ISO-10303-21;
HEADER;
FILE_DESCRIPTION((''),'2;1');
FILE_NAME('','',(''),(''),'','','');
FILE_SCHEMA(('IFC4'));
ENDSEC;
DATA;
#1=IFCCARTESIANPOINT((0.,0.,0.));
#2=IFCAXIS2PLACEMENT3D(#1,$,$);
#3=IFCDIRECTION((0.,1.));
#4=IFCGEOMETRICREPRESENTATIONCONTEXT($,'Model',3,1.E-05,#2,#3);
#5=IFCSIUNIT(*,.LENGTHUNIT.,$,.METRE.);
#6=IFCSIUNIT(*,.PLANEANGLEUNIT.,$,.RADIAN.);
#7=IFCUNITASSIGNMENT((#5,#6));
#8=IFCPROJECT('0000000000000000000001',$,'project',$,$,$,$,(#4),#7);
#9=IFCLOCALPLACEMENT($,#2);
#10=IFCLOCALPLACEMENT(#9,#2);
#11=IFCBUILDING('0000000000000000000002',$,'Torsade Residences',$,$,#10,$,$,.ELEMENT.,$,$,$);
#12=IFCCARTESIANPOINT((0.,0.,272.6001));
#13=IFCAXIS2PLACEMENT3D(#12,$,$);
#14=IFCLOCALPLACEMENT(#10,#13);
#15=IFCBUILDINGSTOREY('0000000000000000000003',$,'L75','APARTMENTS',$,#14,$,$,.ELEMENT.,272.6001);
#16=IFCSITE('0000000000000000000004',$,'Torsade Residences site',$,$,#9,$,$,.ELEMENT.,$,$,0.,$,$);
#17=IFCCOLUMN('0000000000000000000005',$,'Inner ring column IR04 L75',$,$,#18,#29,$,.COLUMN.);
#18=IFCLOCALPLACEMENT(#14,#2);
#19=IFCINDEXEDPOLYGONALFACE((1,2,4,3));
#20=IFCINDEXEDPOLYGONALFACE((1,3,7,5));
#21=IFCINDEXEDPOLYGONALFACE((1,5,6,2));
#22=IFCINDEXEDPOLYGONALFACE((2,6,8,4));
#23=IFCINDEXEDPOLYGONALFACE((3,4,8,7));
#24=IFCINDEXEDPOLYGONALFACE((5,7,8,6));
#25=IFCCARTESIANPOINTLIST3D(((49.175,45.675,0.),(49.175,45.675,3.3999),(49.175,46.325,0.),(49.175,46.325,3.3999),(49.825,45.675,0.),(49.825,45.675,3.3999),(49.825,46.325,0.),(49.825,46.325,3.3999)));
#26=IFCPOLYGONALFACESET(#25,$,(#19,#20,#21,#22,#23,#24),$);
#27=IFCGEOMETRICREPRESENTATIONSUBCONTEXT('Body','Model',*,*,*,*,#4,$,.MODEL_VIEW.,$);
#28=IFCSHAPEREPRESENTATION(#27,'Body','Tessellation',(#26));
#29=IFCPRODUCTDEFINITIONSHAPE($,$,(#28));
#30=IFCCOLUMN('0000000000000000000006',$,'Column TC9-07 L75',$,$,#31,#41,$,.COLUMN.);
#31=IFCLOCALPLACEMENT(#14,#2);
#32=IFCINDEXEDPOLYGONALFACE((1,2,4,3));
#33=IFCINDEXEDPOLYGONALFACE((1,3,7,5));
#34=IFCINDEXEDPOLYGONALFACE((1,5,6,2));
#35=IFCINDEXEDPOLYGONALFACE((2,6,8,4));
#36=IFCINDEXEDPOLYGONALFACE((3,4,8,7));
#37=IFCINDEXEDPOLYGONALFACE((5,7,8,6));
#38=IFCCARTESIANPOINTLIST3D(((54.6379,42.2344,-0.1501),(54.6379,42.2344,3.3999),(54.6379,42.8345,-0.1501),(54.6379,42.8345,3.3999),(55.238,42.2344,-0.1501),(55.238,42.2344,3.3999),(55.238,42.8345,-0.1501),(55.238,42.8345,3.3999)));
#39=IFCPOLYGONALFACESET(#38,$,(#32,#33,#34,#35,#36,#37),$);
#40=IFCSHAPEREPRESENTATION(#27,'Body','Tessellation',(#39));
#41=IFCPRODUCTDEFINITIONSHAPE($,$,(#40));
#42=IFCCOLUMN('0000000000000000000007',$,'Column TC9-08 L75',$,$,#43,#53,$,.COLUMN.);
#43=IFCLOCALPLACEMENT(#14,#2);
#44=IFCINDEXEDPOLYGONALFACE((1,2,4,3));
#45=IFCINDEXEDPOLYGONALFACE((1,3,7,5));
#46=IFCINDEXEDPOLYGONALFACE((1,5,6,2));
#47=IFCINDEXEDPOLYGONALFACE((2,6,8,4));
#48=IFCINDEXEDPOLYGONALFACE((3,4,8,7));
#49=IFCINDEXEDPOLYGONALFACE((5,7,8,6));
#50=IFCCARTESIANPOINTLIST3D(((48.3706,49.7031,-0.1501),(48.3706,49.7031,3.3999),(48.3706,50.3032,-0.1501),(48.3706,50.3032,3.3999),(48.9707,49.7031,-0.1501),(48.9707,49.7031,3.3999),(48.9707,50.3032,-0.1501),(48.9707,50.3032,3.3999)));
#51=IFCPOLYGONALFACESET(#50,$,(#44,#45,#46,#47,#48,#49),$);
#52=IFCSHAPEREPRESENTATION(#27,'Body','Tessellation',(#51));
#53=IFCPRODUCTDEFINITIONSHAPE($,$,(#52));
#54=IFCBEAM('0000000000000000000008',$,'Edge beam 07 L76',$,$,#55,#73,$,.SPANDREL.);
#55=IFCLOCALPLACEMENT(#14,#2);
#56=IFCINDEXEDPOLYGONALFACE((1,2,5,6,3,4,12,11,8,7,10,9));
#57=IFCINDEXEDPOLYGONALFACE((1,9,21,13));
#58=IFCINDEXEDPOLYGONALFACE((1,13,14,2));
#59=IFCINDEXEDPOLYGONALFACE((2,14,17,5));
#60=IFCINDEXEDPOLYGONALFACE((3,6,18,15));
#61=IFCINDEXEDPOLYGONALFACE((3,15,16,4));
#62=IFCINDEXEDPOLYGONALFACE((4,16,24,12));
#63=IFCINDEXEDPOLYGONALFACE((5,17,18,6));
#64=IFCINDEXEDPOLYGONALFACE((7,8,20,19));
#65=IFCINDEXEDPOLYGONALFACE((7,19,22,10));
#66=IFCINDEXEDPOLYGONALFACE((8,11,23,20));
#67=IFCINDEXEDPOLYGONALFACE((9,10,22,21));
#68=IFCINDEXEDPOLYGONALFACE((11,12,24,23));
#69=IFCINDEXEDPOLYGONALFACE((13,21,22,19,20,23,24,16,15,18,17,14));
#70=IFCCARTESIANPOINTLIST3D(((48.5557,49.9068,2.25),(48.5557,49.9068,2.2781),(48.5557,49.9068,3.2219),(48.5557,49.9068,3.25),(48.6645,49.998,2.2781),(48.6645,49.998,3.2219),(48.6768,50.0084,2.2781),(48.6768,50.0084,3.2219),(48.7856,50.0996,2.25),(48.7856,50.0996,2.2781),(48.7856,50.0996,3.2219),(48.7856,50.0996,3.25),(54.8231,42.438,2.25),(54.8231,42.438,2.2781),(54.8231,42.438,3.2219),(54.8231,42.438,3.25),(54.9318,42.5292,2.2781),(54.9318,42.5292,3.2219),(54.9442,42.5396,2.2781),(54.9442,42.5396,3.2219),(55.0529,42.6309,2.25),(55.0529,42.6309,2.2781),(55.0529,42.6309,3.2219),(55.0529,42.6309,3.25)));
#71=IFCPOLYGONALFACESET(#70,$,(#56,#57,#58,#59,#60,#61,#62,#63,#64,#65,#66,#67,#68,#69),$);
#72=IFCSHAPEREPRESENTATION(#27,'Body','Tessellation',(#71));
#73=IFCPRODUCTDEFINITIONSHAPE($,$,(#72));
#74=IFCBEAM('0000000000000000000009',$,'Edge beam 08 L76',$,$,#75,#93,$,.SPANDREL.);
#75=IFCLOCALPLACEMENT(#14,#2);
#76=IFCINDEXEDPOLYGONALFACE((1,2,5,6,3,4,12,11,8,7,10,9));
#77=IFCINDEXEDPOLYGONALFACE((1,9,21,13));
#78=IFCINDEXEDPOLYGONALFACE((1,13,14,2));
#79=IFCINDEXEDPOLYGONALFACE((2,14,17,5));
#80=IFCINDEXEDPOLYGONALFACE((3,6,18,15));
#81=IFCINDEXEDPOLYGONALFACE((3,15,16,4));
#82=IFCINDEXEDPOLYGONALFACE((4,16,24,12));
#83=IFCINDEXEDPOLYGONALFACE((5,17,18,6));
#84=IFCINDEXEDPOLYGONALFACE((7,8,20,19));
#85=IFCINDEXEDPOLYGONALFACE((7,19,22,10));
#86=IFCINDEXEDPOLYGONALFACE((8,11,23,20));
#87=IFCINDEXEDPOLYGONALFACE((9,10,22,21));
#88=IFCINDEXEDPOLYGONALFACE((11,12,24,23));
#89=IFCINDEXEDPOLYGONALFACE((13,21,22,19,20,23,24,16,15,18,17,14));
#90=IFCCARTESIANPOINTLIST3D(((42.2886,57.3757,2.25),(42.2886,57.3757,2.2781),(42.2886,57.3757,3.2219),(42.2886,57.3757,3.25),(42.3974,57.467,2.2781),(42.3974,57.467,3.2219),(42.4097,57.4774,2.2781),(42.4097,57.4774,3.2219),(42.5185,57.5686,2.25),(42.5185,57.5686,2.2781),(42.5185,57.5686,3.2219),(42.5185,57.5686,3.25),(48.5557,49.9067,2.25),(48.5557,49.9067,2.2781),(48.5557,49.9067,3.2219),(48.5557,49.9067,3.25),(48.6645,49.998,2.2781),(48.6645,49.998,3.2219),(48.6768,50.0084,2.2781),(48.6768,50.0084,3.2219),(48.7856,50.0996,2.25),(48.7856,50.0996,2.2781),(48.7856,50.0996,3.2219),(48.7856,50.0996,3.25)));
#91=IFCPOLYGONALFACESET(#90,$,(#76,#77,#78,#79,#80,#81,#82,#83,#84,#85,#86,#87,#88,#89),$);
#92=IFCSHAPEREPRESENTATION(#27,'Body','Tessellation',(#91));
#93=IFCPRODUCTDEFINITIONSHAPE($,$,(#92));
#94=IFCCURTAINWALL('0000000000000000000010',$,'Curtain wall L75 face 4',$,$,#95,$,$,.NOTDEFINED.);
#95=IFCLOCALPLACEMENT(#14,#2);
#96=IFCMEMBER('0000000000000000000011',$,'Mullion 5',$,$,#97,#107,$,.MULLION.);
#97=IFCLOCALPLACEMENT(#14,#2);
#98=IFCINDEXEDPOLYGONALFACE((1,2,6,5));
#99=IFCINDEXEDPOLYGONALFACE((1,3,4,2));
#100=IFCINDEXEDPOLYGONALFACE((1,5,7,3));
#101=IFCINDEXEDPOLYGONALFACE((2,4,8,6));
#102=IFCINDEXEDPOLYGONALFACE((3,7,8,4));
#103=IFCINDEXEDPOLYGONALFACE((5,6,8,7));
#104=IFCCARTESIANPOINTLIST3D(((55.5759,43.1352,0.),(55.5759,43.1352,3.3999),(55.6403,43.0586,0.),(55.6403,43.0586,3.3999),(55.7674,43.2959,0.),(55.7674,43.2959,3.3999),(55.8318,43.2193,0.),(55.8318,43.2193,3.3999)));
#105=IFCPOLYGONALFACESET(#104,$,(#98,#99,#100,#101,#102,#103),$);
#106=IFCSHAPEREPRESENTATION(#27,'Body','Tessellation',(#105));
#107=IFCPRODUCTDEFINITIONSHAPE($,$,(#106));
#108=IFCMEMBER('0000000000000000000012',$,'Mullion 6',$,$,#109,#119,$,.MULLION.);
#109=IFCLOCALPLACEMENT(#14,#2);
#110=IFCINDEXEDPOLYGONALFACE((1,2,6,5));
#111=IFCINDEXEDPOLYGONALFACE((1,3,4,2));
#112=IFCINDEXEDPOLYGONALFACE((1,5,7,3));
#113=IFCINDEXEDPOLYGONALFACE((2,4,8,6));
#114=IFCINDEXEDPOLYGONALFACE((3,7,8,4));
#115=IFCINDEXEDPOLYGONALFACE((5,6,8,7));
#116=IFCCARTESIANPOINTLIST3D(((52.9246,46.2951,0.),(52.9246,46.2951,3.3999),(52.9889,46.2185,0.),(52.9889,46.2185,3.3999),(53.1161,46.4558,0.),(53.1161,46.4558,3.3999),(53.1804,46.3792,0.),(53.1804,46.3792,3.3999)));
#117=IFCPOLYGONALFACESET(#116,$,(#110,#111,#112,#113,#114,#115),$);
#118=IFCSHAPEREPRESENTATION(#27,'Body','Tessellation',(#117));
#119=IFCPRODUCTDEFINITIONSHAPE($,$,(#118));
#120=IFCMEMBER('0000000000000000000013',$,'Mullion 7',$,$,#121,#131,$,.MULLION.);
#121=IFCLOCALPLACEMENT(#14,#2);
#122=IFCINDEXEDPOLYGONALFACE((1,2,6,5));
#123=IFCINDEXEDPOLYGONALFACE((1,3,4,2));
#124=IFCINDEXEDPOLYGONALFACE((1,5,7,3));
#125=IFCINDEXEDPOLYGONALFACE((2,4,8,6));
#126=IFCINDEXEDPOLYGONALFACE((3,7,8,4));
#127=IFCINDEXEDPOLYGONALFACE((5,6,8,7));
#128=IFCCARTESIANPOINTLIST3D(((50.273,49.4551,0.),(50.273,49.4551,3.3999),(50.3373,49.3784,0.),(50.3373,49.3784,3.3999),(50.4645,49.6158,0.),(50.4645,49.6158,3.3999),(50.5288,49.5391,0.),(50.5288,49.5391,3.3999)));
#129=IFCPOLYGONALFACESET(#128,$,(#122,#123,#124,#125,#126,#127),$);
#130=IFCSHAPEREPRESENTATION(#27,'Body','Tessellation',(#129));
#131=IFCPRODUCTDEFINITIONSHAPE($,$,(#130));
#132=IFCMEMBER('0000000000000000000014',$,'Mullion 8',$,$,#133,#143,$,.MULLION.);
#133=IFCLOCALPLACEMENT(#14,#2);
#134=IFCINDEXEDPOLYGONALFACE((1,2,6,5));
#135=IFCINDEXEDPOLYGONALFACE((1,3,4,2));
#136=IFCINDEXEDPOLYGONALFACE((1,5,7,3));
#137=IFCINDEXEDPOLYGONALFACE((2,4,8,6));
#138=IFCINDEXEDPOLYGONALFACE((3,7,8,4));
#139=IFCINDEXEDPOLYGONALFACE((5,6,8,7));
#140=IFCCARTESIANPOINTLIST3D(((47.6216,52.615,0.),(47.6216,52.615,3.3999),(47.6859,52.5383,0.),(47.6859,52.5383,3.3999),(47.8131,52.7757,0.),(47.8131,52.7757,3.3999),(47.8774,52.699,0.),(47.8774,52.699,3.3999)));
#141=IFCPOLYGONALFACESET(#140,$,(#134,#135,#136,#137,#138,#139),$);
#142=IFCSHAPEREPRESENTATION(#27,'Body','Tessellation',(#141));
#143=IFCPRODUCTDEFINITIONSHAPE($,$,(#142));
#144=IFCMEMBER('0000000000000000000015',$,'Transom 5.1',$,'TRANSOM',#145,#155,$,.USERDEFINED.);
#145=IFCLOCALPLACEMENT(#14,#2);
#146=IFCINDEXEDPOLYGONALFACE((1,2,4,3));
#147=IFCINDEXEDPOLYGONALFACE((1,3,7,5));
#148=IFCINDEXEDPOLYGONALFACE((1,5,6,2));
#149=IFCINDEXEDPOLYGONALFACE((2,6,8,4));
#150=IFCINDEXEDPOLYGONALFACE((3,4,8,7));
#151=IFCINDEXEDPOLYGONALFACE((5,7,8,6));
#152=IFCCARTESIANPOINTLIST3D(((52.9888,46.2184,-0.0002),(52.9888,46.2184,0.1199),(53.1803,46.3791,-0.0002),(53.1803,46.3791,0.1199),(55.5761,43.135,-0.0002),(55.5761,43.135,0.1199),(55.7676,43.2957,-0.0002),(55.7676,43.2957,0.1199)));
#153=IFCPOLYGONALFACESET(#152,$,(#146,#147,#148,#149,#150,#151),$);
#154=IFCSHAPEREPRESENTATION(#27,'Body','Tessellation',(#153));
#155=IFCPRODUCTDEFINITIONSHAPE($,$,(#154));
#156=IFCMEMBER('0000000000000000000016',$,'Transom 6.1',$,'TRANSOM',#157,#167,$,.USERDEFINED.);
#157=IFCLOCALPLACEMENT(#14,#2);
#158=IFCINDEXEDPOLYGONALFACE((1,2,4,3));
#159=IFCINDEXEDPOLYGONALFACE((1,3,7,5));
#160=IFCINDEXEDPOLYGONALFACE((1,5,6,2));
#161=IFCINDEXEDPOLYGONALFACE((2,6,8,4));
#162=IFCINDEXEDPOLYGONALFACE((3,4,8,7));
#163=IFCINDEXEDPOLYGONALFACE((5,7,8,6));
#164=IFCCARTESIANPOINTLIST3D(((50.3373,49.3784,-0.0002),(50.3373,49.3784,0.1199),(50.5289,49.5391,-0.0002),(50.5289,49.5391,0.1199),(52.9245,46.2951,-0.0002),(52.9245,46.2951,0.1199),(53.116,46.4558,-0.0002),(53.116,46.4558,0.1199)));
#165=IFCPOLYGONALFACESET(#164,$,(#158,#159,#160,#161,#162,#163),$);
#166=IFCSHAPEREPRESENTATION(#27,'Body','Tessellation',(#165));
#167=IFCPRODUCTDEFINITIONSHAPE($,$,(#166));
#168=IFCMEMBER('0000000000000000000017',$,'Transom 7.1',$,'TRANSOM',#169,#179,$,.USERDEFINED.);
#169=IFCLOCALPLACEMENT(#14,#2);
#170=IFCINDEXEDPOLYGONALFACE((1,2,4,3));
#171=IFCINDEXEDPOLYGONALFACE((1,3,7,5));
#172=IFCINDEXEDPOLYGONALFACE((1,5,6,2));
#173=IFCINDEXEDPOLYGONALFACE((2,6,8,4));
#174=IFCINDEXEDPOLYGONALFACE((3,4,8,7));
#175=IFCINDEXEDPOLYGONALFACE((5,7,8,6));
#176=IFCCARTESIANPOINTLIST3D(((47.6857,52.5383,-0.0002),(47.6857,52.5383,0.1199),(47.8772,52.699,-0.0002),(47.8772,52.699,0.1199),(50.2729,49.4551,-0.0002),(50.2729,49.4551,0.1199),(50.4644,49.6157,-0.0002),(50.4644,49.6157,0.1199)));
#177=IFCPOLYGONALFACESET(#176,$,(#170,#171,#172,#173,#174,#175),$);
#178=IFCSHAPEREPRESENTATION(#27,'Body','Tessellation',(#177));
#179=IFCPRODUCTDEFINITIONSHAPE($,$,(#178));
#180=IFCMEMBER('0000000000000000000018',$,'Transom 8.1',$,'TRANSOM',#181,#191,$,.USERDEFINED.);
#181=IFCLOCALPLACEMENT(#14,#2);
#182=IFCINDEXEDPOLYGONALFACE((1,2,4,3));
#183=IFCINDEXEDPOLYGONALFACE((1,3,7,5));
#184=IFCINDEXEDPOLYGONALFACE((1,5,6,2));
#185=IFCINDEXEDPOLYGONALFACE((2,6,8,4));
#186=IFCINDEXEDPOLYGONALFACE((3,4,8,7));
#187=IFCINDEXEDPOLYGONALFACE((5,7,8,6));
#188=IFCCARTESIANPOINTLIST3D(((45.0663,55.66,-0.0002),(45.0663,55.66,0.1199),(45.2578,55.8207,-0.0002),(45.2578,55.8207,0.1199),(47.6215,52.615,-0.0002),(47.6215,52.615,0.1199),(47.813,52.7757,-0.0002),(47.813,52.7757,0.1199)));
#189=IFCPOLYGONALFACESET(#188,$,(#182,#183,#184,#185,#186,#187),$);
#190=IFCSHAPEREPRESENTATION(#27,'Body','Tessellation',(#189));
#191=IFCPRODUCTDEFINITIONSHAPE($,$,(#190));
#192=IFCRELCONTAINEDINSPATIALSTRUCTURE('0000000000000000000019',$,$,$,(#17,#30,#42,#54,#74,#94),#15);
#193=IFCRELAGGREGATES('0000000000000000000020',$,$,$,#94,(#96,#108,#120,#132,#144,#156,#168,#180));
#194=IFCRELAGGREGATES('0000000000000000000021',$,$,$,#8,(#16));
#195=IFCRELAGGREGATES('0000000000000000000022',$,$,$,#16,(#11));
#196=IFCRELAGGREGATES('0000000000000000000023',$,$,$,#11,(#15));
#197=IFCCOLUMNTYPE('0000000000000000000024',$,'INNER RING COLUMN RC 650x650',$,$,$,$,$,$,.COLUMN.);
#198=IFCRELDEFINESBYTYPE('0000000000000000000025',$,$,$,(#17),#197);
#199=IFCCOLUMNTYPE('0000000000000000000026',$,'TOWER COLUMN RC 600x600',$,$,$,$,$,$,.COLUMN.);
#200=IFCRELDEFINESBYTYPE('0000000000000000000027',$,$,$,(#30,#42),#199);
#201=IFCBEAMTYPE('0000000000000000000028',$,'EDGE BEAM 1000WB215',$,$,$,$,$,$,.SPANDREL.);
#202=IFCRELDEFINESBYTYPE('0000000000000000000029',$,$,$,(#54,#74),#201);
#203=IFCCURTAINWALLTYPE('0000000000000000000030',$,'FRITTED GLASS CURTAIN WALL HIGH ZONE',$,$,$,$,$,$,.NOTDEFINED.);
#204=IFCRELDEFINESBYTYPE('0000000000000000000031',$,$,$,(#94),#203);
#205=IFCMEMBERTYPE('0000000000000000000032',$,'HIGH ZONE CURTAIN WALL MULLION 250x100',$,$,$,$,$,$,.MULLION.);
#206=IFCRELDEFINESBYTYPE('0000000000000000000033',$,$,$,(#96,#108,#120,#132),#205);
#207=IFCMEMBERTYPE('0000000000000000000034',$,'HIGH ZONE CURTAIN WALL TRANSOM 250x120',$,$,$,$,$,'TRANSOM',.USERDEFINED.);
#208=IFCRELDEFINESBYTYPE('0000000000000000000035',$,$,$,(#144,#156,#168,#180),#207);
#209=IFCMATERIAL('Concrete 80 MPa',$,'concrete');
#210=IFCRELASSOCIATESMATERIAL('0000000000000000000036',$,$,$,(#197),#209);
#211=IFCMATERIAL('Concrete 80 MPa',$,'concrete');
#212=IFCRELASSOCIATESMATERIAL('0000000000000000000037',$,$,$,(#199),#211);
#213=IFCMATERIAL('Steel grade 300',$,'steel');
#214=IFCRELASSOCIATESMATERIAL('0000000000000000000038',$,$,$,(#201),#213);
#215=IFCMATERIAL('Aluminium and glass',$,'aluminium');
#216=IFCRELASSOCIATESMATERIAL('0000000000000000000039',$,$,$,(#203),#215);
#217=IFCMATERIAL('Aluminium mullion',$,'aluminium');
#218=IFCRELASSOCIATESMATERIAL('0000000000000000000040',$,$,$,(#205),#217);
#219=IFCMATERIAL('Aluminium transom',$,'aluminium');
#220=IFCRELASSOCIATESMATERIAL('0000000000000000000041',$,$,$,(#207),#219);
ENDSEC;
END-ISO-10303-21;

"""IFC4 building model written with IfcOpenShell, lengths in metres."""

from ifc_helpers import new_model, si_unit, direction, frame, origin, origin_2d, place, context, subcontext, project, spatial, rectangle, i_section, extrude, material, material_profile, profile_set, type_object, element, aggregate, save


model = new_model("IFC4")

# Units and contexts
model_context = context("Model", 3, precision=1e-05, world=origin(), true_north=direction((0.0, 1.0)))
body_context = subcontext(model_context, "Body", "Model", "MODEL_VIEW")
ifc_project = project(units=[si_unit("LENGTHUNIT", "METRE"), si_unit("PLANEANGLEUNIT", "RADIAN")], contexts=[model_context])

# Site, building, storey
site_placement = place(None, origin())
site = spatial("IfcSite", under=ifc_project, at=site_placement, Name="Torsade Residences site", CompositionType="ELEMENT", RefElevation=0.0)
building_placement = place(site_placement, origin())
building = spatial("IfcBuilding", under=site, at=building_placement, Name="Torsade Residences", CompositionType="ELEMENT")
storey_placement = place(building_placement, frame((0.0, 0.0, 272.6001)))
storey = spatial("IfcBuildingStorey", under=building, at=storey_placement, Name="L75", Description="APARTMENTS", CompositionType="ELEMENT", Elevation=272.6001)

# Columns
ifc_material_1 = material(Name="Concrete 80 MPa", Category="concrete")
ifc_material_profile_1 = material_profile(ifc_material_1, rectangle(XDim=0.6499, YDim=0.6499, at=origin_2d()), Name="RC 650x650")
ifc_profile_set_1 = profile_set([ifc_material_profile_1], Name="Concrete 80 MPa")
column_type_1 = type_object("IfcColumnType", Name="INNER RING COLUMN RC 650x650", PredefinedType="COLUMN", material=ifc_profile_set_1)
column_placement = place(storey_placement, frame((49.5, 46.0, 0.0), z_axis=(0.0, 0.0, 1.0), x_axis=(1.0, 0.0, 0.0)))
element("IfcColumn", 1, at=column_placement, inside=storey, type_object=column_type_1, Name="Inner ring column IR04 L75", PredefinedType="COLUMN", context=body_context, shape_type="SweptSolid", body=[
    extrude(rectangle(XDim=0.6499, YDim=0.6499, at=origin_2d()), origin(), (0.0, 0.0, 1.0), 3.3999),
])
ifc_material_2 = material(Name="Concrete 80 MPa", Category="concrete")
ifc_material_profile_2 = material_profile(ifc_material_2, rectangle(XDim=0.6001, YDim=0.6001, at=origin_2d()), Name="RC 600x600")
ifc_profile_set_2 = profile_set([ifc_material_profile_2], Name="Concrete 80 MPa")
column_type_2 = type_object("IfcColumnType", Name="TOWER COLUMN RC 600x600", PredefinedType="COLUMN", material=ifc_profile_set_2)
for number, where, z_axis, x_axis, name in (
    (2, (54.938, 42.5344, -0.1501), (0.0, 0.0, 1.0), (1.0, 0.0, 0.0), "Column TC9-07 L75"),
    (3, (48.6707, 50.0032, -0.1501), (0.0, 0.0, 1.0), (1.0, 0.0, 0.0), "Column TC9-08 L75"),
):
    element("IfcColumn", number, at=place(storey_placement, frame(where, z_axis=z_axis, x_axis=x_axis)), inside=storey, type_object=column_type_2, Name=name, PredefinedType="COLUMN", context=body_context, shape_type="SweptSolid", body=[
        extrude(rectangle(XDim=0.6001, YDim=0.6001, at=origin_2d()), origin(), (0.0, 0.0, 1.0), 3.55),
    ])

# Beams
ifc_material_3 = material(Name="Steel grade 300", Category="steel")
ifc_material_profile_3 = material_profile(ifc_material_3, i_section(OverallWidth=0.3, OverallDepth=1.0, WebThickness=0.0161, FlangeThickness=0.0281, at=origin_2d()), Name="1000WB215")
ifc_profile_set_3 = profile_set([ifc_material_profile_3], Name="Steel grade 300")
beam_type_1 = type_object("IfcBeamType", Name="EDGE BEAM 1000WB215", PredefinedType="SPANDREL", material=ifc_profile_set_3)
for number, where, z_axis, x_axis, name in (
    (4, (54.938, 42.5344, 2.75), (-0.642806, 0.766029, 0.0), (-0.766029, -0.642806, 0.0), "Edge beam 07 L76"),
    (5, (48.6707, 50.0032, 2.75), (-0.642779, 0.766052, 0.0), (-0.766052, -0.642779, 0.0), "Edge beam 08 L76"),
):
    element("IfcBeam", number, at=place(storey_placement, frame(where, z_axis=z_axis, x_axis=x_axis)), inside=storey, type_object=beam_type_1, Name=name, PredefinedType="SPANDREL", context=body_context, shape_type="SweptSolid", body=[
        extrude(i_section(OverallWidth=0.3, OverallDepth=1.0, WebThickness=0.0161, FlangeThickness=0.0281, at=origin_2d()), origin(), (0.0, 0.0, 1.0), 9.75),
    ])

# Curtain wall, members
ifc_material_4 = material(Name="Aluminium and glass", Category="aluminium")
curtain_wall_type = type_object("IfcCurtainWallType", Name="FRITTED GLASS CURTAIN WALL HIGH ZONE", PredefinedType="NOTDEFINED", material=ifc_material_4)
curtain_wall_placement = place(storey_placement, origin())
curtain_wall = element("IfcCurtainWall", 6, at=curtain_wall_placement, inside=storey, type_object=curtain_wall_type, Name="Curtain wall L75 face 4", PredefinedType="NOTDEFINED")
ifc_material_5 = material(Name="Aluminium mullion", Category="aluminium")
ifc_material_profile_4 = material_profile(ifc_material_5, rectangle(XDim=0.25, YDim=0.1001, at=origin_2d()), Name="HIGH ZONE CURTAIN WALL MULLION 250x100")
ifc_profile_set_4 = profile_set([ifc_material_profile_4], Name="Aluminium mullion")
member_type_1 = type_object("IfcMemberType", Name="HIGH ZONE CURTAIN WALL MULLION 250x100", PredefinedType="MULLION", material=ifc_profile_set_4)
member_1_placement = place(storey_placement, frame((55.7039, 43.1772, 0.0), z_axis=(0.0, 0.0, 1.0), x_axis=(-0.766044, -0.642788, 0.0)))
member_1 = element("IfcMember", 7, at=member_1_placement, type_object=member_type_1, Name="Mullion 5", PredefinedType="MULLION", context=body_context, shape_type="SweptSolid", body=[
    extrude(rectangle(XDim=0.25, YDim=0.1001, at=origin_2d()), origin(), (0.0, 0.0, 1.0), 3.3999),
])
member_2_placement = place(storey_placement, frame((53.0525, 46.3372, 0.0), z_axis=(0.0, 0.0, 1.0), x_axis=(-0.766044, -0.642788, 0.0)))
member_2 = element("IfcMember", 8, at=member_2_placement, type_object=member_type_1, Name="Mullion 6", PredefinedType="MULLION", context=body_context, shape_type="SweptSolid", body=[
    extrude(rectangle(XDim=0.25, YDim=0.1001, at=origin_2d()), origin(), (0.0, 0.0, 1.0), 3.3999),
])
member_3_placement = place(storey_placement, frame((50.4009, 49.4971, 0.0), z_axis=(0.0, 0.0, 1.0), x_axis=(-0.766044, -0.642788, 0.0)))
member_3 = element("IfcMember", 9, at=member_3_placement, type_object=member_type_1, Name="Mullion 7", PredefinedType="MULLION", context=body_context, shape_type="SweptSolid", body=[
    extrude(rectangle(XDim=0.25, YDim=0.1001, at=origin_2d()), origin(), (0.0, 0.0, 1.0), 3.3999),
])
member_4_placement = place(storey_placement, frame((47.7495, 52.657, 0.0), z_axis=(0.0, 0.0, 1.0), x_axis=(-0.766044, -0.642788, 0.0)))
member_4 = element("IfcMember", 10, at=member_4_placement, type_object=member_type_1, Name="Mullion 8", PredefinedType="MULLION", context=body_context, shape_type="SweptSolid", body=[
    extrude(rectangle(XDim=0.25, YDim=0.1001, at=origin_2d()), origin(), (0.0, 0.0, 1.0), 3.3999),
])
ifc_material_6 = material(Name="Aluminium transom", Category="aluminium")
ifc_material_profile_5 = material_profile(ifc_material_6, rectangle(XDim=0.25, YDim=0.1201, at=origin_2d()), Name="HIGH ZONE CURTAIN WALL TRANSOM 250x120")
ifc_profile_set_5 = profile_set([ifc_material_profile_5], Name="Aluminium transom")
member_type_2 = type_object("IfcMemberType", Name="HIGH ZONE CURTAIN WALL TRANSOM 250x120", ElementType="TRANSOM", PredefinedType="USERDEFINED", material=ifc_profile_set_5)
member_5_placement = place(storey_placement, frame((55.6719, 43.2153, 0.0598), z_axis=(-0.642794, 0.766039, 0.0), x_axis=(-0.766039, -0.642794, 0.0)))
member_5 = element("IfcMember", 11, at=member_5_placement, type_object=member_type_2, Name="Transom 5.1", ObjectType="TRANSOM", PredefinedType="USERDEFINED", context=body_context, shape_type="SweptSolid", body=[
    extrude(rectangle(XDim=0.25, YDim=0.1201, at=origin_2d()), origin(), (0.0, 0.0, 1.0), 4.0251),
])
member_6_placement = place(storey_placement, frame((53.0203, 46.3755, 0.0598), z_axis=(-0.642788, 0.766044, 0.0), x_axis=(-0.766044, -0.642788, 0.0)))
member_6 = element("IfcMember", 12, at=member_6_placement, type_object=member_type_2, Name="Transom 6.1", ObjectType="TRANSOM", PredefinedType="USERDEFINED", context=body_context, shape_type="SweptSolid", body=[
    extrude(rectangle(XDim=0.25, YDim=0.1201, at=origin_2d()), origin(), (0.0, 0.0, 1.0), 4.0249),
])
member_7_placement = place(storey_placement, frame((50.3687, 49.5354, 0.0598), z_axis=(-0.642788, 0.766044, 0.0), x_axis=(-0.766044, -0.642788, 0.0)))
member_7 = element("IfcMember", 13, at=member_7_placement, type_object=member_type_2, Name="Transom 7.1", ObjectType="TRANSOM", PredefinedType="USERDEFINED", context=body_context, shape_type="SweptSolid", body=[
    extrude(rectangle(XDim=0.25, YDim=0.1201, at=origin_2d()), origin(), (0.0, 0.0, 1.0), 4.0249),
])
member_8_placement = place(storey_placement, frame((47.7173, 52.6953, 0.0598), z_axis=(-0.642815, 0.766022, 0.0), x_axis=(-0.766022, -0.642815, 0.0)))
member_8 = element("IfcMember", 14, at=member_8_placement, type_object=member_type_2, Name="Transom 8.1", ObjectType="TRANSOM", PredefinedType="USERDEFINED", context=body_context, shape_type="SweptSolid", body=[
    extrude(rectangle(XDim=0.25, YDim=0.1201, at=origin_2d()), origin(), (0.0, 0.0, 1.0), 3.9751),
])

aggregate(curtain_wall, [member_1, member_2, member_3, member_4, member_5, member_6, member_7, member_8])

save(model, "model.ifc")
